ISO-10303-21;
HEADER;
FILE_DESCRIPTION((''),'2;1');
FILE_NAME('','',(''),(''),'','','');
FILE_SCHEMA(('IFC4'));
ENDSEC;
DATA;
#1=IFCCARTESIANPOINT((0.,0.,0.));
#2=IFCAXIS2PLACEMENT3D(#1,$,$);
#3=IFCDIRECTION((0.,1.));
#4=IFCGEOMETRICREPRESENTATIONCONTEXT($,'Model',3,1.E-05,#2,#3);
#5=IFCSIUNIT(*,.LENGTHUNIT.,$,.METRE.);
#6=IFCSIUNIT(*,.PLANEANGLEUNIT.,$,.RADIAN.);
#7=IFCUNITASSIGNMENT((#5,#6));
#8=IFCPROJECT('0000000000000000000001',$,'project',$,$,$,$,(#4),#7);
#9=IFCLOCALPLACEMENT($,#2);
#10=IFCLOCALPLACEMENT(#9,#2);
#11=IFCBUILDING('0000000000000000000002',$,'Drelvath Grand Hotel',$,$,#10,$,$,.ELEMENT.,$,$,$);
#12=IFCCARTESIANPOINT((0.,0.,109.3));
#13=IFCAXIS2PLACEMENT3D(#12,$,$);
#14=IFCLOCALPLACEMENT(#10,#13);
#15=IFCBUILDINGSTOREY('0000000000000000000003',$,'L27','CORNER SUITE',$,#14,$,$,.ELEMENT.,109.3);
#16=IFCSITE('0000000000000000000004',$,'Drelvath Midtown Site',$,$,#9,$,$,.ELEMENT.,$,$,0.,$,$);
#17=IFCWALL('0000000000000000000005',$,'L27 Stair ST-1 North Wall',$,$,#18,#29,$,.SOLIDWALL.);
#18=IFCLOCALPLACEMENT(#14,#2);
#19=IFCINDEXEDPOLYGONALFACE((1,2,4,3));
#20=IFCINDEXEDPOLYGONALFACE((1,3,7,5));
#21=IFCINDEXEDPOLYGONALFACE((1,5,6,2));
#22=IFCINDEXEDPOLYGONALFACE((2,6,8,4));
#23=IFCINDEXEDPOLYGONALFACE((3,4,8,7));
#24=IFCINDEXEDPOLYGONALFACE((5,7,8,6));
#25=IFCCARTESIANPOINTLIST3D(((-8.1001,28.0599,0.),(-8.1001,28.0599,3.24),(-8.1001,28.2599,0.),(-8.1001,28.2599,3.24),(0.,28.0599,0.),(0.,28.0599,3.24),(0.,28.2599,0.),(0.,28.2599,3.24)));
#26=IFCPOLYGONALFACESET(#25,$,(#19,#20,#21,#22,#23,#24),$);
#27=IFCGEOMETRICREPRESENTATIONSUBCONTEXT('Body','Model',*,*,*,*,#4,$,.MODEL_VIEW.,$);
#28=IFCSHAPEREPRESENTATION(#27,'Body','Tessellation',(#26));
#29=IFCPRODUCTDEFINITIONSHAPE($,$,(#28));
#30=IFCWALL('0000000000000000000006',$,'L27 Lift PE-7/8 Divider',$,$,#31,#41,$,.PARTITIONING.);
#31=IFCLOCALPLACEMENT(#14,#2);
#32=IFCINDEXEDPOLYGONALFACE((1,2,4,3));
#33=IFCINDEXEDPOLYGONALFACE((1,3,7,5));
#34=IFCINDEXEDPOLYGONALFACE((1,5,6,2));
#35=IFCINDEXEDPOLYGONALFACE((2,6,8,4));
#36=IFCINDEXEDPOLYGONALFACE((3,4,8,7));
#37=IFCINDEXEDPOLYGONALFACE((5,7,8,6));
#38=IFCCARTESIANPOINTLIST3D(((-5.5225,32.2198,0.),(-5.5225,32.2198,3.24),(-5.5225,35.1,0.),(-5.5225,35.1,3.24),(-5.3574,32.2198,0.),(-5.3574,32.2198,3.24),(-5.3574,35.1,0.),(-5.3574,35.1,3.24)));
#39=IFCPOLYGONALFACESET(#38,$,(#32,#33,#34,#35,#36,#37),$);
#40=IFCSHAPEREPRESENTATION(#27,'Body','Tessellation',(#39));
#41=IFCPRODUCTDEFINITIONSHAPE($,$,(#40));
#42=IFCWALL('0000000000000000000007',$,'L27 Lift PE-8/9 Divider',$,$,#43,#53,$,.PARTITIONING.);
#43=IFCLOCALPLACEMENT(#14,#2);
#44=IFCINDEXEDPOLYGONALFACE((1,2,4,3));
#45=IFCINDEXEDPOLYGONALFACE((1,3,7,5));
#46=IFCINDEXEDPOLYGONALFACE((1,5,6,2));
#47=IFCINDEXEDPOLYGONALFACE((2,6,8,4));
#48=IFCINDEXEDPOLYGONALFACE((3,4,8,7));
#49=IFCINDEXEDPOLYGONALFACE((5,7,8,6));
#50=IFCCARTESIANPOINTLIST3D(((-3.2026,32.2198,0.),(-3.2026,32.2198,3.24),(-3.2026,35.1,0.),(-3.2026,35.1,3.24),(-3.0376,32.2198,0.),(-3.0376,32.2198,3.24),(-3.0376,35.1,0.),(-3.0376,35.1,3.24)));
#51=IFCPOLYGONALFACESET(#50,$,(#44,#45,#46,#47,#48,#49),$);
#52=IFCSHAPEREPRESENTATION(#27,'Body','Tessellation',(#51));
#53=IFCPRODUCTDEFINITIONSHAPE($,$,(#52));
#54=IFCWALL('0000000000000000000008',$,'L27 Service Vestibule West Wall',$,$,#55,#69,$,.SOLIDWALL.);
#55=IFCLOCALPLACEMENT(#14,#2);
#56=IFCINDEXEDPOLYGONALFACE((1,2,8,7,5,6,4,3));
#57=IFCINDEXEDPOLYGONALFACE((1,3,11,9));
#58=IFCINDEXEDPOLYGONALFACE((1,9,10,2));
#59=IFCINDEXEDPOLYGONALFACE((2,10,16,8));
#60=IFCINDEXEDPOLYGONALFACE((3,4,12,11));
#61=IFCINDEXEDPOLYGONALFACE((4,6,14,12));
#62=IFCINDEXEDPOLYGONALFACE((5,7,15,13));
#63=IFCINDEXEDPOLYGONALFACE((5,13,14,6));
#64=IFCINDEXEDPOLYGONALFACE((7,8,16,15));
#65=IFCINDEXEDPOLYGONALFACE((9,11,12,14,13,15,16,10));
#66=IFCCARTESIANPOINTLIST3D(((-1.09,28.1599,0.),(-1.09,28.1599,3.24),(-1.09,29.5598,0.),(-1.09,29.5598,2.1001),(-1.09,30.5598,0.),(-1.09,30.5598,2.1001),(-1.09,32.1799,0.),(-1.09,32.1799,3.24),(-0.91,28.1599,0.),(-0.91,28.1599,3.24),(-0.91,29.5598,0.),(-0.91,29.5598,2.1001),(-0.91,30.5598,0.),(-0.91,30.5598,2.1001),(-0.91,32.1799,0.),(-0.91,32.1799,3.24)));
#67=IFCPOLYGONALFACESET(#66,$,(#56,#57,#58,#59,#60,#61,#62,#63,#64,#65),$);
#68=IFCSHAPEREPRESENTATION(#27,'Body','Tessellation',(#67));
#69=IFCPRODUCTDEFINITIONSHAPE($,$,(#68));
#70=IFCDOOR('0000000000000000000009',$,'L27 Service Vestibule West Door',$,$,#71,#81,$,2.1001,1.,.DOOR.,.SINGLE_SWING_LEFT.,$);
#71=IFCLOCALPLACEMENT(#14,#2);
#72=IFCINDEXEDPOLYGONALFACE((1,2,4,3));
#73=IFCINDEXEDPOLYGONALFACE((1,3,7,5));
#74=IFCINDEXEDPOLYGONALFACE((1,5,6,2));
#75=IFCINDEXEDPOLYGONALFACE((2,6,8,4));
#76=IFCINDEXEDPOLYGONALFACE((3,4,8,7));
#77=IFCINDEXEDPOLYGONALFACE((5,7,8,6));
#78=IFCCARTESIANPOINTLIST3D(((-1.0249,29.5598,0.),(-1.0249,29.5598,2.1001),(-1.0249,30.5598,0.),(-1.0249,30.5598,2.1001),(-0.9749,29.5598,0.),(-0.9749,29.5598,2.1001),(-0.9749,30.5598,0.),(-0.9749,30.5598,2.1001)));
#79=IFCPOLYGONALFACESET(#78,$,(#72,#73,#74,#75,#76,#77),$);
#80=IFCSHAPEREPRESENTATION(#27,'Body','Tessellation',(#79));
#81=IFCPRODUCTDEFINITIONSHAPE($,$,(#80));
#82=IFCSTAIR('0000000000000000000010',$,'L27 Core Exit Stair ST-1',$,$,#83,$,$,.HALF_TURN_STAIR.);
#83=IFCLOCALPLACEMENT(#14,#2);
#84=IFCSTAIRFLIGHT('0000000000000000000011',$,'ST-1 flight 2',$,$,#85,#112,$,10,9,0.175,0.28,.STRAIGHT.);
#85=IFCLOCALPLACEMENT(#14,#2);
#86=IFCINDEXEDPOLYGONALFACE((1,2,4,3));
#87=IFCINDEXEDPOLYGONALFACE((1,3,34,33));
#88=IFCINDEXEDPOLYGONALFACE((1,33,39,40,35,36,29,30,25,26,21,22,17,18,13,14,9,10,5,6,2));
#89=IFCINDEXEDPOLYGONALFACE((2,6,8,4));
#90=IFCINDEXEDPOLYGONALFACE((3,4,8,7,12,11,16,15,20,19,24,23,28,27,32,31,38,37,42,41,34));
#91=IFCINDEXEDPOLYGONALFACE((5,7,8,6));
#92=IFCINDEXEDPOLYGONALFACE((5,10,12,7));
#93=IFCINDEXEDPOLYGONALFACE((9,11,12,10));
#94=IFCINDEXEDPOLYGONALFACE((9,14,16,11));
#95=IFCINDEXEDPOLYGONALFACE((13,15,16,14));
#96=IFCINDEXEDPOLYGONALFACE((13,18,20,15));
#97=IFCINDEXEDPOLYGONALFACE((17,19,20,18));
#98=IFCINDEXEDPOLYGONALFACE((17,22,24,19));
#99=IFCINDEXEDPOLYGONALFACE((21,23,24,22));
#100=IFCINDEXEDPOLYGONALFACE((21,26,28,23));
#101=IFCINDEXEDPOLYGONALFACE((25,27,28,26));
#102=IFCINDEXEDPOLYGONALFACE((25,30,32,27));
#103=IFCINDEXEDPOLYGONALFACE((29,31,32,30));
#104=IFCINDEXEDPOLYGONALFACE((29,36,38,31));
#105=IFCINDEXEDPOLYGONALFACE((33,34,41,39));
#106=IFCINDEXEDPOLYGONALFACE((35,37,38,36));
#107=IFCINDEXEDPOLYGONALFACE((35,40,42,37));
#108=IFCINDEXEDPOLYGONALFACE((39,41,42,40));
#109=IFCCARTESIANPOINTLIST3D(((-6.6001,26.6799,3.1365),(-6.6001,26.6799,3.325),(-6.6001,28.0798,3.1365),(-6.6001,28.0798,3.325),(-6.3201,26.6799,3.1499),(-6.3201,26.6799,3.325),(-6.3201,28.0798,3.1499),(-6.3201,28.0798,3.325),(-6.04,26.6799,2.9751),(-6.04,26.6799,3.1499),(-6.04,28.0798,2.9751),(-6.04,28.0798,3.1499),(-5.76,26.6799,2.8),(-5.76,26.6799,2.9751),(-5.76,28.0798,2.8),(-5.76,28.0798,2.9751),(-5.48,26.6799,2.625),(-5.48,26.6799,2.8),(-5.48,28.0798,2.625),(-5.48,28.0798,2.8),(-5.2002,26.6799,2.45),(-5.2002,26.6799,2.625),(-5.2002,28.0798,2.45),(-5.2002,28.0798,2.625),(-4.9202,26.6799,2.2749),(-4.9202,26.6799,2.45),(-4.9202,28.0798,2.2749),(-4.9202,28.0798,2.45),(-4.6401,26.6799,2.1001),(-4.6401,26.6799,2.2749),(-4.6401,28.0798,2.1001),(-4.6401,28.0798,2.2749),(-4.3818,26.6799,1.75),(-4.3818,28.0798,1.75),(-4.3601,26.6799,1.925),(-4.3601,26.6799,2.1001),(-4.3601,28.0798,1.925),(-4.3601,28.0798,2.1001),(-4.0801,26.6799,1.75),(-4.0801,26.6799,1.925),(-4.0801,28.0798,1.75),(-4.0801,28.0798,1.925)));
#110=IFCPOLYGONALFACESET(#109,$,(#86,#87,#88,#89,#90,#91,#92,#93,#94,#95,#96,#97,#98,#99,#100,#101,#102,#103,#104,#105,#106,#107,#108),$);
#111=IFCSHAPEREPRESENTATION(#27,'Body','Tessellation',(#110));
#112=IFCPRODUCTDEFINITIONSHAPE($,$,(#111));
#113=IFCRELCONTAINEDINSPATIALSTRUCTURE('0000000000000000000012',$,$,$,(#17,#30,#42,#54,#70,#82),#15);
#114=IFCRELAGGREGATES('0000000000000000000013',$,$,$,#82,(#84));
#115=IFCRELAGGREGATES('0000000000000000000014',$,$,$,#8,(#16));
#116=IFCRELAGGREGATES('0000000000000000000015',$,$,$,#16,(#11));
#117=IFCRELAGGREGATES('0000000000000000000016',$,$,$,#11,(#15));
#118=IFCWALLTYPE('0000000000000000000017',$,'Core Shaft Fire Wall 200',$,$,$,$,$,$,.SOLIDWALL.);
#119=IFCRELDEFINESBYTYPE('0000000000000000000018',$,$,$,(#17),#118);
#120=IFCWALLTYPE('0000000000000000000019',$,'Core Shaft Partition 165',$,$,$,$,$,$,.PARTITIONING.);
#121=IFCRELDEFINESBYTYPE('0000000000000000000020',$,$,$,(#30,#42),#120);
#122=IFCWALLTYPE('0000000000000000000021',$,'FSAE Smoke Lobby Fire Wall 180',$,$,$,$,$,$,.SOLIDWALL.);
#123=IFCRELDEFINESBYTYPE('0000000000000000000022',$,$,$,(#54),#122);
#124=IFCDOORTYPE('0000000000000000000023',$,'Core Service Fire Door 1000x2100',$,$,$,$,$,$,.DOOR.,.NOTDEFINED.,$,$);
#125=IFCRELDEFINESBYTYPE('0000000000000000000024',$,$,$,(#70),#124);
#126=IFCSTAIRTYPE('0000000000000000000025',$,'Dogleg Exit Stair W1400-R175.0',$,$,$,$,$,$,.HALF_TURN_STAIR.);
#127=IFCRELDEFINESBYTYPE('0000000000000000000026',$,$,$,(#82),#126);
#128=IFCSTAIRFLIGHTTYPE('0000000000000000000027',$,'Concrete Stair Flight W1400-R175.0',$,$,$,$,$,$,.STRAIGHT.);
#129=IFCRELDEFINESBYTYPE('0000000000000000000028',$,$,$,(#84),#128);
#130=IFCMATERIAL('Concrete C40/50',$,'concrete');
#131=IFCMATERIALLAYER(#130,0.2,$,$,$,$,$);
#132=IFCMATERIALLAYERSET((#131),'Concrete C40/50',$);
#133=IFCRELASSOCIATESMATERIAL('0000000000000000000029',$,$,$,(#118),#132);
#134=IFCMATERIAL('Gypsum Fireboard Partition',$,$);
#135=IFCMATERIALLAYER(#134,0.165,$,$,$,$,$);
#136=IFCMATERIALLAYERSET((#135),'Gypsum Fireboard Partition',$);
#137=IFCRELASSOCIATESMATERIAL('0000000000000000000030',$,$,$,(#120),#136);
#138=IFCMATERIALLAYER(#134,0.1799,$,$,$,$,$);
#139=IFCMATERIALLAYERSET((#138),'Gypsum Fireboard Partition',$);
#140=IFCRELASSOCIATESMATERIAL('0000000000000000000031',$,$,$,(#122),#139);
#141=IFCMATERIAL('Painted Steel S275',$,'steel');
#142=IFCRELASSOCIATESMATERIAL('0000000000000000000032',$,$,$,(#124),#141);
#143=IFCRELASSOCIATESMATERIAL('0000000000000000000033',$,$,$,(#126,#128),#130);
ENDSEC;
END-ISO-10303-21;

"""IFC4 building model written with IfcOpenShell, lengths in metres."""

from ifc_helpers import new_model, si_unit, direction, frame, frame_2d, origin, place, context, subcontext, project, spatial, polyline, rectangle, outline, extrude, material, layer, layer_set, type_object, element, fill, aggregate, save


model = new_model("IFC4")

# Units and contexts
model_context = context("Model", 3, precision=1e-05, world=origin(), true_north=direction((0.0, 1.0)))
body_context = subcontext(model_context, "Body", "Model", "MODEL_VIEW")
ifc_project = project(units=[si_unit("LENGTHUNIT", "METRE"), si_unit("PLANEANGLEUNIT", "RADIAN")], contexts=[model_context])

# Site, building, storey
site_placement = place(None, origin())
site = spatial("IfcSite", under=ifc_project, at=site_placement, Name="Drelvath Midtown Site", CompositionType="ELEMENT", RefElevation=0.0)
building_placement = place(site_placement, origin())
building = spatial("IfcBuilding", under=site, at=building_placement, Name="Drelvath Grand Hotel", CompositionType="ELEMENT")
storey_placement = place(building_placement, frame((0.0, 0.0, 109.3)))
storey = spatial("IfcBuildingStorey", under=building, at=storey_placement, Name="L27", Description="CORNER SUITE", CompositionType="ELEMENT", Elevation=109.3)

# Shared definitions
ifc_material_1 = material(Name="Painted Steel S275", Category="steel")

# Shared definitions
ifc_material_2 = material(Name="Concrete C40/50", Category="concrete")

# Walls
ifc_layer_1 = layer(ifc_material_2, 0.2)
ifc_layer_set_1 = layer_set([ifc_layer_1], Name="Concrete C40/50")
wall_type_1 = type_object("IfcWallType", Name="Core Shaft Fire Wall 200", PredefinedType="SOLIDWALL", material=ifc_layer_set_1)
wall_1_placement = place(storey_placement, frame((-8.1001, 28.1599, 0.0), z_axis=(0.0, 0.0, 1.0), x_axis=(1.0, 0.0, 0.0)))
element("IfcWall", 1, at=wall_1_placement, inside=storey, type_object=wall_type_1, Name="L27 Stair ST-1 North Wall", PredefinedType="SOLIDWALL", context=body_context, shape_type="SweptSolid", body=[
    extrude(rectangle(XDim=8.1001, YDim=0.2, at=frame_2d((4.05, 0.0))), origin(), (0.0, 0.0, 1.0), 3.24),
])
ifc_material_3 = material(Name="Gypsum Fireboard Partition")
ifc_layer_2 = layer(ifc_material_3, 0.165)
ifc_layer_set_2 = layer_set([ifc_layer_2], Name="Gypsum Fireboard Partition")
wall_type_2 = type_object("IfcWallType", Name="Core Shaft Partition 165", PredefinedType="PARTITIONING", material=ifc_layer_set_2)
for number, where, z_axis, x_axis, name in (
    (2, (-5.4399, 32.22, 0.0), (0.0, 0.0, 1.0), (0.0, 1.0, 0.0), "L27 Lift PE-7/8 Divider"),
    (3, (-3.1201, 32.22, 0.0), (0.0, 0.0, 1.0), (0.0, 1.0, 0.0), "L27 Lift PE-8/9 Divider"),
):
    element("IfcWall", number, at=place(storey_placement, frame(where, z_axis=z_axis, x_axis=x_axis)), inside=storey, type_object=wall_type_2, Name=name, PredefinedType="PARTITIONING", context=body_context, shape_type="SweptSolid", body=[
        extrude(rectangle(XDim=2.8801, YDim=0.165, at=frame_2d((1.4399, 0.0))), origin(), (0.0, 0.0, 1.0), 3.24),
    ])

# Wall, opening, door
ifc_layer_3 = layer(ifc_material_3, 0.1799)
ifc_layer_set_3 = layer_set([ifc_layer_3], Name="Gypsum Fireboard Partition")
wall_type_3 = type_object("IfcWallType", Name="FSAE Smoke Lobby Fire Wall 180", PredefinedType="SOLIDWALL", material=ifc_layer_set_3)
wall_2_placement = place(storey_placement, frame((-1.0, 28.1599, 0.0), z_axis=(0.0, 0.0, 1.0), x_axis=(0.0, 1.0, 0.0)))
wall_2 = element("IfcWall", 4, at=wall_2_placement, inside=storey, type_object=wall_type_3, Name="L27 Service Vestibule West Wall", PredefinedType="SOLIDWALL", context=body_context, shape_type="SweptSolid", body=[
    extrude(rectangle(XDim=4.02, YDim=0.1799, at=frame_2d((2.01, 0.0))), origin(), (0.0, 0.0, 1.0), 3.24),
])
opening_1_placement = place(wall_2_placement, frame((1.3999, 0.0, 0.0)))
opening_1 = element("IfcOpeningElement", 5, at=opening_1_placement, cuts=wall_2, PredefinedType="OPENING", context=body_context, shape_type="SweptSolid", body=[
    extrude(rectangle(XDim=1.0, YDim=2.1001, at=frame_2d((0.5, 1.05))), frame((0.0, 0.0999, 0.0), z_axis=(0.0, -1.0, 0.0), x_axis=(1.0, 0.0, 0.0)), (0.0, 0.0, 1.0), 0.2),
])
door_type_1 = type_object("IfcDoorType", Name="Core Service Fire Door 1000x2100", OperationType="NOTDEFINED", PredefinedType="DOOR", material=ifc_material_1)
door_1_placement = place(opening_1_placement, origin())
door_1 = element("IfcDoor", 6, at=door_1_placement, inside=storey, type_object=door_type_1, Name="L27 Service Vestibule West Door", OperationType="SINGLE_SWING_LEFT", OverallHeight=2.1001, OverallWidth=1.0, PredefinedType="DOOR", context=body_context, shape_type="SweptSolid", body=[
    extrude(rectangle(XDim=1.0, YDim=2.1001, at=frame_2d((0.5, 1.05))), frame((0.0, 0.0249, 0.0), z_axis=(0.0, -1.0, 0.0), x_axis=(1.0, 0.0, 0.0)), (0.0, 0.0, 1.0), 0.05),
])
fill(opening_1, door_1)

# Stair, stair flight
stair_type = type_object("IfcStairType", Name="Dogleg Exit Stair W1400-R175.0", PredefinedType="HALF_TURN_STAIR", material=ifc_material_2)
stair_placement = place(storey_placement, origin())
stair = element("IfcStair", 7, at=stair_placement, inside=storey, type_object=stair_type, Name="L27 Core Exit Stair ST-1", PredefinedType="HALF_TURN_STAIR")
stair_flight_type = type_object("IfcStairFlightType", Name="Concrete Stair Flight W1400-R175.0", PredefinedType="STRAIGHT", material=ifc_material_2)
stair_flight_placement = place(storey_placement, frame((-4.0801, 27.3799, 1.75), z_axis=(0.0, 0.0, 1.0), x_axis=(-1.0, 0.0, 0.0)))
stair_flight = element("IfcStairFlight", 8, at=stair_flight_placement, type_object=stair_flight_type, Name="ST-1 flight 2", NumberOfRisers=10, NumberOfTreads=9, PredefinedType="STRAIGHT", RiserHeight=0.175, TreadLength=0.28, context=body_context, shape_type="SweptSolid", body=[
    extrude(outline(polyline([(0.0, 0.0), (0.0, 0.175), (0.28, 0.175), (0.28, 0.3501), (0.5601, 0.3501), (0.5601, 0.5249), (0.8401, 0.5249), (0.8401, 0.7), (1.1201, 0.7), (1.1201, 0.875), (1.3999, 0.875), (1.3999, 1.05), (1.6799, 1.05), (1.6799, 1.2251), (1.96, 1.2251), (1.96, 1.3999), (2.24, 1.3999), (2.24, 1.575), (2.52, 1.575), (2.52, 1.75), (2.52, 1.3865), (0.3018, 0.0), (0.0, 0.0)])), frame((0.0, 0.7, 0.0), z_axis=(0.0, -1.0, 0.0), x_axis=(1.0, 0.0, 0.0)), (0.0, 0.0, 1.0), 1.3999),
])
aggregate(stair, [stair_flight])

save(model, "model.ifc")
